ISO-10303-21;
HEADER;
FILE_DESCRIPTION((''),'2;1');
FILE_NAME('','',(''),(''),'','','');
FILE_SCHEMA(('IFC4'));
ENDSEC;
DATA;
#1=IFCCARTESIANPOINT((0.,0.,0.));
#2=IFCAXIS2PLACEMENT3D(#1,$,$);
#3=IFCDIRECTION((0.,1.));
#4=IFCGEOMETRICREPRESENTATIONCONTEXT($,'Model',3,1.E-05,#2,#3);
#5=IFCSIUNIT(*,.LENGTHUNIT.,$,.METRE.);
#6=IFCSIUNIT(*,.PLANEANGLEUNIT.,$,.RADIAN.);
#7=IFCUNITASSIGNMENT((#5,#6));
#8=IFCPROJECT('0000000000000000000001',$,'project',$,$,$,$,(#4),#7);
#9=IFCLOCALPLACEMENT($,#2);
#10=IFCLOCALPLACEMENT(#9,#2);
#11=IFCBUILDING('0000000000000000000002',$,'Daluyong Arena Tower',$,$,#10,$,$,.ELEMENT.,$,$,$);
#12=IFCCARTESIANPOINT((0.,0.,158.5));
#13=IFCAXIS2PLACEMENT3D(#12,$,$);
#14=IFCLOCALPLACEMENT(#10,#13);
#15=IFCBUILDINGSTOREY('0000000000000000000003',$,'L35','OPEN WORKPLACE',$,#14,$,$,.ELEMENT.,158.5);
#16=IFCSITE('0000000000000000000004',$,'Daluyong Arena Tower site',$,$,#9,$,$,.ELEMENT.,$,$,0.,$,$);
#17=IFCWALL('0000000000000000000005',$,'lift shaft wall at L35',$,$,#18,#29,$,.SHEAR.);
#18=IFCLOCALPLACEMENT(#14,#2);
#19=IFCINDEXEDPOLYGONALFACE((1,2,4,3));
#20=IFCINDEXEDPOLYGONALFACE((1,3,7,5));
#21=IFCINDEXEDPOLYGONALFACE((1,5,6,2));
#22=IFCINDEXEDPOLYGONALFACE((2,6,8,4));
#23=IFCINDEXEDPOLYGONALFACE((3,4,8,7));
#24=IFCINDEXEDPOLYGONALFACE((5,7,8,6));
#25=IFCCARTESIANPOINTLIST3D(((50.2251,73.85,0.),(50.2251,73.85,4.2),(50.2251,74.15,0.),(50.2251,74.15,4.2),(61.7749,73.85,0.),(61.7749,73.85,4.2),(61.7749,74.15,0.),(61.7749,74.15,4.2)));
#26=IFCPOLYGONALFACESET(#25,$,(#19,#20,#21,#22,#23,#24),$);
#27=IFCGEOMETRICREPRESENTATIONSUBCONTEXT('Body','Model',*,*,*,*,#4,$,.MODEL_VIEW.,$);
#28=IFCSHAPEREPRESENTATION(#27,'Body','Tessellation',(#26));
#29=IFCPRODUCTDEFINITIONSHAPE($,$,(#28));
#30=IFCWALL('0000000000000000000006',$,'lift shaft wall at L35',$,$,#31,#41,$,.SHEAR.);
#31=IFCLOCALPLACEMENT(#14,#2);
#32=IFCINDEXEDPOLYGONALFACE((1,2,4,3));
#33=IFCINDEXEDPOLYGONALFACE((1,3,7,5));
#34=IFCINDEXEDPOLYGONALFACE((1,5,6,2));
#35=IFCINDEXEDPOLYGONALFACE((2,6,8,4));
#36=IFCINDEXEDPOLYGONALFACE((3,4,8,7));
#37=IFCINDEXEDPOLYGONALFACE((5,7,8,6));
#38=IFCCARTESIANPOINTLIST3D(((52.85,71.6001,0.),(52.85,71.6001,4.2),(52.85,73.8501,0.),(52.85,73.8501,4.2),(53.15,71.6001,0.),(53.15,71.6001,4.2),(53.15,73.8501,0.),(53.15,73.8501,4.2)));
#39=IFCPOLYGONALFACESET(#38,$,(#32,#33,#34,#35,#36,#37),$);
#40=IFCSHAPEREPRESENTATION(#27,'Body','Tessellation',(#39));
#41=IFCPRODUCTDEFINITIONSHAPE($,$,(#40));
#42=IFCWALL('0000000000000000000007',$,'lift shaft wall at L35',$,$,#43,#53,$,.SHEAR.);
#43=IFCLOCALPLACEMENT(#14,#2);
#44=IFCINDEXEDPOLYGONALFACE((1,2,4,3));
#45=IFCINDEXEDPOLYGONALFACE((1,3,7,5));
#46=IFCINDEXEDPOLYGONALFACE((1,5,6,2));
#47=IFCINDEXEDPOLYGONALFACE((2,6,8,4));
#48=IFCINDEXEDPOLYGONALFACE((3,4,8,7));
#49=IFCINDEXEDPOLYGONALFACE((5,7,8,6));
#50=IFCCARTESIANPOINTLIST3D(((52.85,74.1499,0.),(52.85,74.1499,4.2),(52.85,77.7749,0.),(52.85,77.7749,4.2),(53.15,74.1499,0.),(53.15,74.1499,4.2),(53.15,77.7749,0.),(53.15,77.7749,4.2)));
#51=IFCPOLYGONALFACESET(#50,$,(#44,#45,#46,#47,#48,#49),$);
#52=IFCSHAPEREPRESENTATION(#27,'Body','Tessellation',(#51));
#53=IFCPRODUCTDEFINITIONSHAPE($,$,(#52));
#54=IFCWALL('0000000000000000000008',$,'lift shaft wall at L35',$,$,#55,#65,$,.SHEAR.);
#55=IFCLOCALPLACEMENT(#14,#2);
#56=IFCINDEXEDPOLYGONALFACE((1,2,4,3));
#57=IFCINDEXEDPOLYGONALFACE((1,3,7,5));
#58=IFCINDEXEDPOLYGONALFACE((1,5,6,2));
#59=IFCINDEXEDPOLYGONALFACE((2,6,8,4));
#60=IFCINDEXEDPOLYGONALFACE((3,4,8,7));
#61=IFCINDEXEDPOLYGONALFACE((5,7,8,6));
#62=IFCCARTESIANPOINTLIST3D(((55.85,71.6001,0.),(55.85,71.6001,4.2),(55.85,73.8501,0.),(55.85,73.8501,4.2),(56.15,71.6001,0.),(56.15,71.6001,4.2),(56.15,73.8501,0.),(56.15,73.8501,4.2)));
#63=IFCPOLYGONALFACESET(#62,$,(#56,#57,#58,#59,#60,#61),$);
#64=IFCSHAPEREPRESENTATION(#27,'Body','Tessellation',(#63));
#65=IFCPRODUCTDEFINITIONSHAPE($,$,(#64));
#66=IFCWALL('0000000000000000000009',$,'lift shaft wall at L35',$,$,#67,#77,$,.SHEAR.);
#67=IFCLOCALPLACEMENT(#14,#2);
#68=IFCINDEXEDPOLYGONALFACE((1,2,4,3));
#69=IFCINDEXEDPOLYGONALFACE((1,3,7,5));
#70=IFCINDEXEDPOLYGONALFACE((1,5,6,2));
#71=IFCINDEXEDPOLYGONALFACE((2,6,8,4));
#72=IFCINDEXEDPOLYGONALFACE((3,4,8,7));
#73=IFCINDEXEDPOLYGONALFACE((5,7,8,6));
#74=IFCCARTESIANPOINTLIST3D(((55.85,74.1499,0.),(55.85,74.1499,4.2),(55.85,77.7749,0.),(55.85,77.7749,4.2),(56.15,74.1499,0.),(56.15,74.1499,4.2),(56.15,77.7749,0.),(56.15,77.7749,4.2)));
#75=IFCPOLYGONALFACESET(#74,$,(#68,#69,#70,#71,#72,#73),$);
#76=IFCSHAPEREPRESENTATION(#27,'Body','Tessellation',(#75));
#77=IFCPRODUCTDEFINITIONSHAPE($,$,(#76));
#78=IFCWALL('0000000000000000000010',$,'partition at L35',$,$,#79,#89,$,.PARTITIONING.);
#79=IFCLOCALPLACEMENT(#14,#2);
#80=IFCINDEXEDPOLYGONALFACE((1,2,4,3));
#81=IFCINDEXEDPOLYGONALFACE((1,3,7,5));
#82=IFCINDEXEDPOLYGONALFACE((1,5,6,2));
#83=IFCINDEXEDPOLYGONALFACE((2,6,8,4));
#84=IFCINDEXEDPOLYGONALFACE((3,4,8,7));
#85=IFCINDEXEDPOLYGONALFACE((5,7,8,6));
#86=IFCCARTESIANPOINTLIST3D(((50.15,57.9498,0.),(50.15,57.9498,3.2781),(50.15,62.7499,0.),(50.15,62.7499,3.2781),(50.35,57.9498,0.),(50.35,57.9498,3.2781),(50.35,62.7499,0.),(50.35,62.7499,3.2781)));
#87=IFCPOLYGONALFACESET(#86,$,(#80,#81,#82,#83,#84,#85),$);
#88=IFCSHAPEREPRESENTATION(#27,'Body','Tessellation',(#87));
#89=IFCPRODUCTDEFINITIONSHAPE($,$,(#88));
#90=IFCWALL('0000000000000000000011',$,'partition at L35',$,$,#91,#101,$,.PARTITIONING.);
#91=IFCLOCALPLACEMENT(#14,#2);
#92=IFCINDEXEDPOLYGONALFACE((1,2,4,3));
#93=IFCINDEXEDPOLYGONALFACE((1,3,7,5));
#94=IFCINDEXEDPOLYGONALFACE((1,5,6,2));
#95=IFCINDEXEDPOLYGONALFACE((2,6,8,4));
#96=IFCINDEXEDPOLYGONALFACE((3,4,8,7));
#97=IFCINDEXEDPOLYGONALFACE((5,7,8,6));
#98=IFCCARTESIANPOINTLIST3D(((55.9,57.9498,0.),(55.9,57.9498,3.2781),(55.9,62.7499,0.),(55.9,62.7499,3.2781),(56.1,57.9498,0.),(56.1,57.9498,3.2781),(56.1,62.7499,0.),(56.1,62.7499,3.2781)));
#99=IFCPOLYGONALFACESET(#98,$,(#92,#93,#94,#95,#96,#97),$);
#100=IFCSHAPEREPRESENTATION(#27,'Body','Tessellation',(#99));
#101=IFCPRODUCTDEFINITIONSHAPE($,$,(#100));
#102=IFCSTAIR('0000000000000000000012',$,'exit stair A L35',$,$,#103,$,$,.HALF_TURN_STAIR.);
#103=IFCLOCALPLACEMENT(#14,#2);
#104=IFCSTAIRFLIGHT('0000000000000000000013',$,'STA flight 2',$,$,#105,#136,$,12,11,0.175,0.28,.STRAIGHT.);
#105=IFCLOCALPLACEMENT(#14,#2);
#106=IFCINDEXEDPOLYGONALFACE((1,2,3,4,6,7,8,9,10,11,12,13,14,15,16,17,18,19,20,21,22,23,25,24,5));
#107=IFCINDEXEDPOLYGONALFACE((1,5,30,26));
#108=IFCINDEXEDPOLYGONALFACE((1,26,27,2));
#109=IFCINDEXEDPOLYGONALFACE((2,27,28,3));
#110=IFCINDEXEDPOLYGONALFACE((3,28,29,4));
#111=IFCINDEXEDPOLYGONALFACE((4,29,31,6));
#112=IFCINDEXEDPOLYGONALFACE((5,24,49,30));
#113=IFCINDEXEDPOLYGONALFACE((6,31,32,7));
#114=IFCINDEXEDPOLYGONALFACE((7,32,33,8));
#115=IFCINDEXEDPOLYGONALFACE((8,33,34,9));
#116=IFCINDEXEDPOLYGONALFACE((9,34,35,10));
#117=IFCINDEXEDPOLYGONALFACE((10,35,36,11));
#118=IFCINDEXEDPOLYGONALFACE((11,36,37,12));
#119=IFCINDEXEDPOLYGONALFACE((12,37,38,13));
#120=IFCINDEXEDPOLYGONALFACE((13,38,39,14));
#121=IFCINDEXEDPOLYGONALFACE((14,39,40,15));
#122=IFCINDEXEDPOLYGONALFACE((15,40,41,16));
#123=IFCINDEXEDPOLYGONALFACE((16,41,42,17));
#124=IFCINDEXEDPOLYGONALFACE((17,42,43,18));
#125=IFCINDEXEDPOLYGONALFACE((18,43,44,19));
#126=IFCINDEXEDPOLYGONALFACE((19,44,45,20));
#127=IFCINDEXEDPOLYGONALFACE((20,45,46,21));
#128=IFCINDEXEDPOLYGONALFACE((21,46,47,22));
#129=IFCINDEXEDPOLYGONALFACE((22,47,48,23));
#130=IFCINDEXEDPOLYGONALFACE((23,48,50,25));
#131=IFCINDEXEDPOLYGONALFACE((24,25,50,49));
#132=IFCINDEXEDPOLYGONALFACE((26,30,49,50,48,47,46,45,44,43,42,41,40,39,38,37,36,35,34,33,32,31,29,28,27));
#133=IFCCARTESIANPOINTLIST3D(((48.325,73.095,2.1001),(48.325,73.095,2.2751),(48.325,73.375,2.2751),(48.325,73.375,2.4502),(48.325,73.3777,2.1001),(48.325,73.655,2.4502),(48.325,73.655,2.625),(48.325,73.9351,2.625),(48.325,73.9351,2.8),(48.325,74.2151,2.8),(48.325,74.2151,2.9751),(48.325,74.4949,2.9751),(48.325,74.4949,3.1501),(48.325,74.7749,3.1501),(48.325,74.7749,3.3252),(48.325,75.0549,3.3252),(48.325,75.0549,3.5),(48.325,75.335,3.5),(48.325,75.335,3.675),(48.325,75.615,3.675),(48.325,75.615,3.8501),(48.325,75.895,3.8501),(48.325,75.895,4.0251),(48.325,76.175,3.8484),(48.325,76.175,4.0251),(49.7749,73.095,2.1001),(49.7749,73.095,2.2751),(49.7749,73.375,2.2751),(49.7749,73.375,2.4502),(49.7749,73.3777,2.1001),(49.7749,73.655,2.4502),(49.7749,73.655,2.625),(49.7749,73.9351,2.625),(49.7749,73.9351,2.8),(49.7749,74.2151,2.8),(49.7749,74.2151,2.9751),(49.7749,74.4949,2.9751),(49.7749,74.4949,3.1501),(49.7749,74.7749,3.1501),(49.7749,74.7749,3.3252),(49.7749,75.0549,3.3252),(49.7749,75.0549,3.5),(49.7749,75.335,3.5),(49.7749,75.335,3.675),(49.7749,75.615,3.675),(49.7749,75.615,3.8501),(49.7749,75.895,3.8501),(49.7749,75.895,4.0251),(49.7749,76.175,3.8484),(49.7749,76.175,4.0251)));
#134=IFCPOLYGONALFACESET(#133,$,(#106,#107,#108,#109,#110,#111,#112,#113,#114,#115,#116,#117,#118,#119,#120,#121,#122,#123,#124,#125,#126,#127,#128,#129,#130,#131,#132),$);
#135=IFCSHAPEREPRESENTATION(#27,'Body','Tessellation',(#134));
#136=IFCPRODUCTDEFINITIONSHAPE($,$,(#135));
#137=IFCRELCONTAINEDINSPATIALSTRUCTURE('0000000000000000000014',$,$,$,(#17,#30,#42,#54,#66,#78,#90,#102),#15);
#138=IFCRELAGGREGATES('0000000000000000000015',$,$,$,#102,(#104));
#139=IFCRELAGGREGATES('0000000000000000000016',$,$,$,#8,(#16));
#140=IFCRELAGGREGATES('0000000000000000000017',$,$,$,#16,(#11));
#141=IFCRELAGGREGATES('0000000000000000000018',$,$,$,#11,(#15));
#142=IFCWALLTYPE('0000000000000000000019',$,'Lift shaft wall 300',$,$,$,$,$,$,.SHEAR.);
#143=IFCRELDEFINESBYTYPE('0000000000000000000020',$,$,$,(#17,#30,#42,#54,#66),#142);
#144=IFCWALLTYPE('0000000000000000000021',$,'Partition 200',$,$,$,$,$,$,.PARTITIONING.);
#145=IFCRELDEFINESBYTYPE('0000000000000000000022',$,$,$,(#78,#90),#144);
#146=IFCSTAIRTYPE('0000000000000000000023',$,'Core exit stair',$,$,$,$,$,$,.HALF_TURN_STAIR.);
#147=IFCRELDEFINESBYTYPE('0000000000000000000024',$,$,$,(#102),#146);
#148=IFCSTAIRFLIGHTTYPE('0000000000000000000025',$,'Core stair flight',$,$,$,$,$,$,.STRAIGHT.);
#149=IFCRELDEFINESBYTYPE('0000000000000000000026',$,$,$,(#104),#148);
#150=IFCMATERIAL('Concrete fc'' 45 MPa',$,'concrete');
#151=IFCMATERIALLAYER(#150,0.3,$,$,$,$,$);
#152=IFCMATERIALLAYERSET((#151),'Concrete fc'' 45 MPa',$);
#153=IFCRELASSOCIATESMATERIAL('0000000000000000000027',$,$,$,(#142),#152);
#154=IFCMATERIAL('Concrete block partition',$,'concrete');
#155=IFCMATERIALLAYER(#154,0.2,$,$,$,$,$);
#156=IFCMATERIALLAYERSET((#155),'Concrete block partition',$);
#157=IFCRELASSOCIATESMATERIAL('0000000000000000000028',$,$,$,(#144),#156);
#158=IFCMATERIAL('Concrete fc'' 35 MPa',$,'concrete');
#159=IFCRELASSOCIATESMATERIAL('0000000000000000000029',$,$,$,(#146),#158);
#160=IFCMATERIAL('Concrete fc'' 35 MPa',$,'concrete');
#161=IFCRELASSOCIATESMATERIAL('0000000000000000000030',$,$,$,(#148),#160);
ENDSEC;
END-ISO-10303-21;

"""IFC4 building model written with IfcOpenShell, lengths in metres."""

from ifc_helpers import new_model, si_unit, direction, frame, frame_2d, origin, place, context, subcontext, project, spatial, polyline, rectangle, outline, extrude, material, layer, layer_set, type_object, element, aggregate, save


model = new_model("IFC4")

# Units and contexts
model_context = context("Model", 3, precision=1e-05, world=origin(), true_north=direction((0.0, 1.0)))
body_context = subcontext(model_context, "Body", "Model", "MODEL_VIEW")
ifc_project = project(units=[si_unit("LENGTHUNIT", "METRE"), si_unit("PLANEANGLEUNIT", "RADIAN")], contexts=[model_context])

# Site, building, storey
site_placement = place(None, origin())
site = spatial("IfcSite", under=ifc_project, at=site_placement, Name="Daluyong Arena Tower site", CompositionType="ELEMENT", RefElevation=0.0)
building_placement = place(site_placement, origin())
building = spatial("IfcBuilding", under=site, at=building_placement, Name="Daluyong Arena Tower", CompositionType="ELEMENT")
storey_placement = place(building_placement, frame((0.0, 0.0, 158.5)))
storey = spatial("IfcBuildingStorey", under=building, at=storey_placement, Name="L35", Description="OPEN WORKPLACE", CompositionType="ELEMENT", Elevation=158.5)

# Walls
ifc_material_1 = material(Name="Concrete fc' 45 MPa", Category="concrete")
ifc_layer_1 = layer(ifc_material_1, 0.3)
ifc_layer_set_1 = layer_set([ifc_layer_1], Name="Concrete fc' 45 MPa")
wall_type_1 = type_object("IfcWallType", Name="Lift shaft wall 300", PredefinedType="SHEAR", material=ifc_layer_set_1)
wall_1_placement = place(storey_placement, frame((50.2251, 74.0, 0.0), z_axis=(0.0, 0.0, 1.0), x_axis=(1.0, 0.0, 0.0)))
element("IfcWall", 1, at=wall_1_placement, inside=storey, type_object=wall_type_1, Name="lift shaft wall at L35", PredefinedType="SHEAR", context=body_context, shape_type="SweptSolid", body=[
    extrude(rectangle(XDim=11.5498, YDim=0.3, at=frame_2d((5.7749, 0.0))), origin(), (0.0, 0.0, 1.0), 4.2),
])
wall_2_placement = place(storey_placement, frame((53.0, 71.6001, 0.0), z_axis=(0.0, 0.0, 1.0), x_axis=(0.0, 1.0, 0.0)))
element("IfcWall", 2, at=wall_2_placement, inside=storey, type_object=wall_type_1, Name="lift shaft wall at L35", PredefinedType="SHEAR", context=body_context, shape_type="SweptSolid", body=[
    extrude(rectangle(XDim=2.25, YDim=0.3, at=frame_2d((1.125, 0.0))), origin(), (0.0, 0.0, 1.0), 4.2),
])
wall_3_placement = place(storey_placement, frame((53.0, 74.1499, 0.0), z_axis=(0.0, 0.0, 1.0), x_axis=(0.0, 1.0, 0.0)))
element("IfcWall", 3, at=wall_3_placement, inside=storey, type_object=wall_type_1, Name="lift shaft wall at L35", PredefinedType="SHEAR", context=body_context, shape_type="SweptSolid", body=[
    extrude(rectangle(XDim=3.625, YDim=0.3, at=frame_2d((1.8125, 0.0))), origin(), (0.0, 0.0, 1.0), 4.2),
])
wall_4_placement = place(storey_placement, frame((56.0, 71.6001, 0.0), z_axis=(0.0, 0.0, 1.0), x_axis=(0.0, 1.0, 0.0)))
element("IfcWall", 4, at=wall_4_placement, inside=storey, type_object=wall_type_1, Name="lift shaft wall at L35", PredefinedType="SHEAR", context=body_context, shape_type="SweptSolid", body=[
    extrude(rectangle(XDim=2.25, YDim=0.3, at=frame_2d((1.125, 0.0))), origin(), (0.0, 0.0, 1.0), 4.2),
])
wall_5_placement = place(storey_placement, frame((56.0, 74.1499, 0.0), z_axis=(0.0, 0.0, 1.0), x_axis=(0.0, 1.0, 0.0)))
element("IfcWall", 5, at=wall_5_placement, inside=storey, type_object=wall_type_1, Name="lift shaft wall at L35", PredefinedType="SHEAR", context=body_context, shape_type="SweptSolid", body=[
    extrude(rectangle(XDim=3.625, YDim=0.3, at=frame_2d((1.8125, 0.0))), origin(), (0.0, 0.0, 1.0), 4.2),
])
ifc_material_2 = material(Name="Concrete block partition", Category="concrete")
ifc_layer_2 = layer(ifc_material_2, 0.2)
ifc_layer_set_2 = layer_set([ifc_layer_2], Name="Concrete block partition")
wall_type_2 = type_object("IfcWallType", Name="Partition 200", PredefinedType="PARTITIONING", material=ifc_layer_set_2)
for number, where, z_axis, x_axis, name in (
    (6, (50.25, 57.95, 0.0), (0.0, 0.0, 1.0), (0.0, 1.0, 0.0), "partition at L35"),
    (7, (56.0, 57.95, 0.0), (0.0, 0.0, 1.0), (0.0, 1.0, 0.0), "partition at L35"),
):
    element("IfcWall", number, at=place(storey_placement, frame(where, z_axis=z_axis, x_axis=x_axis)), inside=storey, type_object=wall_type_2, Name=name, PredefinedType="PARTITIONING", context=body_context, shape_type="SweptSolid", body=[
        extrude(rectangle(XDim=4.8, YDim=0.2, at=frame_2d((2.3999, 0.0))), origin(), (0.0, 0.0, 1.0), 3.2781),
    ])

# Stair, stair flight
ifc_material_3 = material(Name="Concrete fc' 35 MPa", Category="concrete")
stair_type = type_object("IfcStairType", Name="Core exit stair", PredefinedType="HALF_TURN_STAIR", material=ifc_material_3)
stair_placement = place(storey_placement, origin())
stair = element("IfcStair", 8, at=stair_placement, inside=storey, type_object=stair_type, Name="exit stair A L35", PredefinedType="HALF_TURN_STAIR")
ifc_material_4 = material(Name="Concrete fc' 35 MPa", Category="concrete")
stair_flight_type = type_object("IfcStairFlightType", Name="Core stair flight", PredefinedType="STRAIGHT", material=ifc_material_4)
stair_flight_placement = place(storey_placement, frame((49.05, 73.095, 2.1001), z_axis=(0.0, 0.0, 1.0), x_axis=(0.0, 1.0, 0.0)))
stair_flight = element("IfcStairFlight", 9, at=stair_flight_placement, type_object=stair_flight_type, Name="STA flight 2", NumberOfRisers=12, NumberOfTreads=11, PredefinedType="STRAIGHT", RiserHeight=0.175, TreadLength=0.28, context=body_context, shape_type="SweptSolid", body=[
    extrude(outline(polyline([(0.0, 0.0), (0.0, 0.175), (0.28, 0.175), (0.28, 0.3501), (0.5601, 0.3501), (0.5601, 0.5249), (0.8401, 0.5249), (0.8401, 0.7), (1.1201, 0.7), (1.1201, 0.875), (1.3999, 0.875), (1.3999, 1.05), (1.6799, 1.05), (1.6799, 1.2251), (1.96, 1.2251), (1.96, 1.3999), (2.24, 1.3999), (2.24, 1.575), (2.52, 1.575), (2.52, 1.75), (2.8, 1.75), (2.8, 1.925), (3.0801, 1.925), (3.0801, 2.1001), (3.0801, 1.7483), (0.2827, 0.0), (0.0, 0.0)])), frame((0.0, 0.7251, 0.0), z_axis=(0.0, -1.0, 0.0), x_axis=(1.0, 0.0, 0.0)), (0.0, 0.0, 1.0), 1.45),
])
aggregate(stair, [stair_flight])

save(model, "model.ifc")
